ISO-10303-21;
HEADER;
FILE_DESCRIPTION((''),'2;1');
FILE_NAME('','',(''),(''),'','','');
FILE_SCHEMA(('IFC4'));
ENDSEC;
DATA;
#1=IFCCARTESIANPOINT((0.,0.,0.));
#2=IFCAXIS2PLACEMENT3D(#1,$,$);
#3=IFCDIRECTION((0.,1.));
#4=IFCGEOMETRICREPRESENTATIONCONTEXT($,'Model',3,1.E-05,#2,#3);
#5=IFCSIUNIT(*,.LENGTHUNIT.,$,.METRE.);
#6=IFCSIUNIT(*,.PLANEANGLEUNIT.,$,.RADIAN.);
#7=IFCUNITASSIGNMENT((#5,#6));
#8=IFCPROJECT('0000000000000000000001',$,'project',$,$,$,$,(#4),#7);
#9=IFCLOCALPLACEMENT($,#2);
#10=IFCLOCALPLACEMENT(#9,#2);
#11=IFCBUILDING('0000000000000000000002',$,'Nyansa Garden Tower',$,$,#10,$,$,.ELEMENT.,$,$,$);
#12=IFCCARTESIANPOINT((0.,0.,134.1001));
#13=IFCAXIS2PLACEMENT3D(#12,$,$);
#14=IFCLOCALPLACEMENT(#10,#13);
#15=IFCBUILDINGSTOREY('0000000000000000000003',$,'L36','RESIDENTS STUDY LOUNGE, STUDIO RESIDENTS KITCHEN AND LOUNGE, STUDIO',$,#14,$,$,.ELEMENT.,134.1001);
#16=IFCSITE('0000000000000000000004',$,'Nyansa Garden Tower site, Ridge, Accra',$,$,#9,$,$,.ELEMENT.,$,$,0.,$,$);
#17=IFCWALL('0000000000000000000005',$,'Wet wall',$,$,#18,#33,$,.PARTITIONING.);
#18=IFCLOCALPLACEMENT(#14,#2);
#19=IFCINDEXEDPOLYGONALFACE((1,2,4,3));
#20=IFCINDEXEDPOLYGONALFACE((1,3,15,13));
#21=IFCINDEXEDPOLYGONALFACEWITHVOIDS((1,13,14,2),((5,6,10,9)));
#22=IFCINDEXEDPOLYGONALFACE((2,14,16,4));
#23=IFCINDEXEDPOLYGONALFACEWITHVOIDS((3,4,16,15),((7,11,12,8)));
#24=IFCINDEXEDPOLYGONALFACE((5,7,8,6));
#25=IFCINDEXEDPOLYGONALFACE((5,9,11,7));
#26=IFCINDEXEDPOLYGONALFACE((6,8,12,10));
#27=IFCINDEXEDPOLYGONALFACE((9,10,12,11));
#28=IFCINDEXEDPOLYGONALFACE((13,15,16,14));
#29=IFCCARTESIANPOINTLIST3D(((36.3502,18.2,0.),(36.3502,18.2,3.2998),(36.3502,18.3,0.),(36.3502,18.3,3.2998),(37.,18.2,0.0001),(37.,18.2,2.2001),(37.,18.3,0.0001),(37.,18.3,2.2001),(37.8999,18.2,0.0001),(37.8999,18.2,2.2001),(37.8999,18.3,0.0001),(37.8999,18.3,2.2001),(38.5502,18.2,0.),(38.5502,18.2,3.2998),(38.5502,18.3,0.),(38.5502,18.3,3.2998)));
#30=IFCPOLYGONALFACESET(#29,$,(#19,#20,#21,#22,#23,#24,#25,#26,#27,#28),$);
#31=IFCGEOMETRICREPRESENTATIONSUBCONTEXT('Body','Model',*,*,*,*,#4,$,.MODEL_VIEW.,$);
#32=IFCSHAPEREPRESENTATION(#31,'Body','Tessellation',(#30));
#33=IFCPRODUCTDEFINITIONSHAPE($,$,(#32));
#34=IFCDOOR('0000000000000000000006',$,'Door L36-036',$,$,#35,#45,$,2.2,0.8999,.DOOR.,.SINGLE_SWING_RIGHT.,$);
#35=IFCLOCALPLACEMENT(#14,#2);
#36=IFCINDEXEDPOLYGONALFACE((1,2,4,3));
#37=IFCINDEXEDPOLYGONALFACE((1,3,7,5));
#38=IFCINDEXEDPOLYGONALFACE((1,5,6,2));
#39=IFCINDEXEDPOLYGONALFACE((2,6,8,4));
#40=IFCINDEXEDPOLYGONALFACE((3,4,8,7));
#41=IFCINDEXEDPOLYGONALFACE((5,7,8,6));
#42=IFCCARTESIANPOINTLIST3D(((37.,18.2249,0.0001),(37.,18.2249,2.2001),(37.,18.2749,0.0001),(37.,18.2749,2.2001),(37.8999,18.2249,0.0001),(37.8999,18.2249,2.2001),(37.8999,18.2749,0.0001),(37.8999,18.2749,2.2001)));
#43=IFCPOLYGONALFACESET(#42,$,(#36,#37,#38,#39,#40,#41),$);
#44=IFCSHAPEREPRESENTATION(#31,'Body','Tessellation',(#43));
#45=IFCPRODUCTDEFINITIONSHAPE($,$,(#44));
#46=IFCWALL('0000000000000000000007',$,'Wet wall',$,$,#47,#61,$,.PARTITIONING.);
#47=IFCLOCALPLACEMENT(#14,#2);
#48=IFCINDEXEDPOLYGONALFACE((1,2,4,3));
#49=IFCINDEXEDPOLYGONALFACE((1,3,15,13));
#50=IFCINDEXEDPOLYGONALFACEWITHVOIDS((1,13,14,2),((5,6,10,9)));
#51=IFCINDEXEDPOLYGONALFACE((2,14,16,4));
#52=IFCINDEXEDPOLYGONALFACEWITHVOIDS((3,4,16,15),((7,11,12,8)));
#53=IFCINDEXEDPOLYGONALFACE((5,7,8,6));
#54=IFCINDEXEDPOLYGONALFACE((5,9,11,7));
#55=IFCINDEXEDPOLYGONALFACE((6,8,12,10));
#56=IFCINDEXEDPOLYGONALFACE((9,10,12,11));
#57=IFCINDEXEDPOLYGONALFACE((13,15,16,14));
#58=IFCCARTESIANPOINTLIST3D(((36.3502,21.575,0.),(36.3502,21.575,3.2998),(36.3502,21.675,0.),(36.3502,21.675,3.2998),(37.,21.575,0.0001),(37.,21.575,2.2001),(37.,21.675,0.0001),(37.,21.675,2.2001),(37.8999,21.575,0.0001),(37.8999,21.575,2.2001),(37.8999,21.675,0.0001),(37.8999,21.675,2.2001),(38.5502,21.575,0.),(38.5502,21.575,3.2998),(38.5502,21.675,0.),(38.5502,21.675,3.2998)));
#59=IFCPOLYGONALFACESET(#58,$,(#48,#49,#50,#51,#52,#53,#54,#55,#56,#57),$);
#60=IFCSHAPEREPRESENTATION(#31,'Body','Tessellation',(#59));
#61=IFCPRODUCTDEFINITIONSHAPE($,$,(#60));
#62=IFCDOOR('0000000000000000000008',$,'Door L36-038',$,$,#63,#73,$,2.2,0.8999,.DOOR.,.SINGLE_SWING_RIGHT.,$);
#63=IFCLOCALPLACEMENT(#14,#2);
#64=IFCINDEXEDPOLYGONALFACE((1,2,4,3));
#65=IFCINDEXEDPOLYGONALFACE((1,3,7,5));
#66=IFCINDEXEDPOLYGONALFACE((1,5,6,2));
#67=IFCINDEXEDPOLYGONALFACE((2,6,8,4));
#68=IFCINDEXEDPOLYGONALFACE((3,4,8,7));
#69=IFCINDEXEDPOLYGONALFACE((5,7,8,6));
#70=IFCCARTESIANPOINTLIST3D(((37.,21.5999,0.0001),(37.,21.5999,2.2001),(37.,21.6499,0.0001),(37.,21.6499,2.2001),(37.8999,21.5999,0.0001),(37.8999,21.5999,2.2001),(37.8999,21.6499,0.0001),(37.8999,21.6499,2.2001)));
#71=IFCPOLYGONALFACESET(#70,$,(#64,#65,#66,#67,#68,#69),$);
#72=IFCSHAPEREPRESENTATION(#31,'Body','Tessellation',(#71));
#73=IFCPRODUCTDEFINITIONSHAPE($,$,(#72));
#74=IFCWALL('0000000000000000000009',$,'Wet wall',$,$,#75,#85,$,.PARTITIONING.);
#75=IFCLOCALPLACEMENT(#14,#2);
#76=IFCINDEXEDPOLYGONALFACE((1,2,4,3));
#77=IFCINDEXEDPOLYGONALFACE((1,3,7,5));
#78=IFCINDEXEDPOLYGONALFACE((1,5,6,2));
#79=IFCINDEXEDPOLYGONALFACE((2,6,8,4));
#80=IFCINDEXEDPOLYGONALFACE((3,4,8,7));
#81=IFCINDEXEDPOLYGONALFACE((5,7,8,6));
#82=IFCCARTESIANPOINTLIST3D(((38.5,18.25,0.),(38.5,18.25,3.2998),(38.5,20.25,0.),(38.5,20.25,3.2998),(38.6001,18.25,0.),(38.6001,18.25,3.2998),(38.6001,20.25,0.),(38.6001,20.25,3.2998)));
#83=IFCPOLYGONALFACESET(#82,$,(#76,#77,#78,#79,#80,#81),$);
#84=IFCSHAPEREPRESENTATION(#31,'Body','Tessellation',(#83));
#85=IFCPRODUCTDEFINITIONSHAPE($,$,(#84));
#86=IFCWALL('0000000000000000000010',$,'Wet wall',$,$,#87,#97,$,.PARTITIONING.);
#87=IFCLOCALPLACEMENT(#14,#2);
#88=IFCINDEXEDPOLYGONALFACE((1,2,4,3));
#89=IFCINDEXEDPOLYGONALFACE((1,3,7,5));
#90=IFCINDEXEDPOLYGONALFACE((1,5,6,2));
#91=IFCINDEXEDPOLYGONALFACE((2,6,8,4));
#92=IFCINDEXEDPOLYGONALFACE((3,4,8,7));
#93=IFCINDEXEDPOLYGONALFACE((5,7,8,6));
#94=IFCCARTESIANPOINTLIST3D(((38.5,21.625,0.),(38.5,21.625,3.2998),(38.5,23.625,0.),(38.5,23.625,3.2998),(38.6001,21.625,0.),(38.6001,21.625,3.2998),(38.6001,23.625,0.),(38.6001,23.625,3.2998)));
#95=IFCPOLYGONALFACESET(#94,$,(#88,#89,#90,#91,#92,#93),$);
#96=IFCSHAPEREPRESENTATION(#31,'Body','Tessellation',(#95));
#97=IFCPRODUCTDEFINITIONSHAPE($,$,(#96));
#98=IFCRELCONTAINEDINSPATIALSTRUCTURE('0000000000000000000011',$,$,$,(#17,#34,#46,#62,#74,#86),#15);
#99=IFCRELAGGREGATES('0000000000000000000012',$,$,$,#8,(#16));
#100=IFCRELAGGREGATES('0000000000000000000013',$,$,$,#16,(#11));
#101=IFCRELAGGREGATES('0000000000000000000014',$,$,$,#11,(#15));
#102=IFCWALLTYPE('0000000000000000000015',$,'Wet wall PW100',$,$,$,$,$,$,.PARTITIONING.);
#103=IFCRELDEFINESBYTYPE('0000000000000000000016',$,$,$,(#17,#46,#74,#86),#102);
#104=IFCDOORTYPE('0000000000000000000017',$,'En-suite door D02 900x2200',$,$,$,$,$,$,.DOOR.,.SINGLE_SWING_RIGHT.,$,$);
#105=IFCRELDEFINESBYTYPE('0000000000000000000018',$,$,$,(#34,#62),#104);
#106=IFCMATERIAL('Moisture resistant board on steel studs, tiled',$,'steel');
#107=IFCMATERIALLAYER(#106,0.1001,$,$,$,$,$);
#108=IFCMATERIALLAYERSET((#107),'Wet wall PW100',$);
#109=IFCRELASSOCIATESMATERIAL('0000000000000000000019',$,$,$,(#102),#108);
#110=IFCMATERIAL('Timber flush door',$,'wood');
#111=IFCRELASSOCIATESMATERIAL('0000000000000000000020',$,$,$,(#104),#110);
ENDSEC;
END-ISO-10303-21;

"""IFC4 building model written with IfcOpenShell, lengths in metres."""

from ifc_helpers import new_model, si_unit, direction, frame, frame_2d, origin, place, context, subcontext, project, spatial, rectangle, extrude, material, layer, layer_set, type_object, element, fill, save


model = new_model("IFC4")

# Units and contexts
model_context = context("Model", 3, precision=1e-05, world=origin(), true_north=direction((0.0, 1.0)))
body_context = subcontext(model_context, "Body", "Model", "MODEL_VIEW")
ifc_project = project(units=[si_unit("LENGTHUNIT", "METRE"), si_unit("PLANEANGLEUNIT", "RADIAN")], contexts=[model_context])

# Site, building, storey
site_placement = place(None, origin())
site = spatial("IfcSite", under=ifc_project, at=site_placement, Name="Nyansa Garden Tower site, Ridge, Accra", CompositionType="ELEMENT", RefElevation=0.0)
building_placement = place(site_placement, origin())
building = spatial("IfcBuilding", under=site, at=building_placement, Name="Nyansa Garden Tower", CompositionType="ELEMENT")
storey_placement = place(building_placement, frame((0.0, 0.0, 134.1001)))
storey = spatial("IfcBuildingStorey", under=building, at=storey_placement, Name="L36", Description="RESIDENTS STUDY LOUNGE, STUDIO RESIDENTS KITCHEN AND LOUNGE, STUDIO", CompositionType="ELEMENT", Elevation=134.1001)

# Walls, openings, doors
ifc_material_1 = material(Name="Moisture resistant board on steel studs, tiled", Category="steel")
ifc_layer_1 = layer(ifc_material_1, 0.1001)
ifc_layer_set_1 = layer_set([ifc_layer_1], Name="Wet wall PW100")
wall_type_1 = type_object("IfcWallType", Name="Wet wall PW100", PredefinedType="PARTITIONING", material=ifc_layer_set_1)
wall_1_placement = place(storey_placement, frame((36.3501, 18.25, 0.0), z_axis=(0.0, 0.0, 1.0), x_axis=(1.0, 0.0, 0.0)))
wall_1 = element("IfcWall", 1, at=wall_1_placement, inside=storey, type_object=wall_type_1, Name="Wet wall", PredefinedType="PARTITIONING", context=body_context, shape_type="SweptSolid", body=[
    extrude(rectangle(XDim=2.2, YDim=0.1001, at=frame_2d((1.1001, 0.0))), origin(), (0.0, 0.0, 1.0), 3.2998),
])
opening_1_placement = place(wall_1_placement, frame((0.6499, 0.0, 0.0)))
opening_1 = element("IfcOpeningElement", 2, at=opening_1_placement, cuts=wall_1, PredefinedType="OPENING", context=body_context, shape_type="SweptSolid", body=[
    extrude(rectangle(XDim=0.8999, YDim=2.2, at=frame_2d((0.45, 1.1001))), frame((0.0, 0.0601, 0.0), z_axis=(0.0, -1.0, 0.0), x_axis=(1.0, 0.0, 0.0)), (0.0, 0.0, 1.0), 0.1201),
])
ifc_material_2 = material(Name="Timber flush door", Category="wood")
door_type = type_object("IfcDoorType", Name="En-suite door D02 900x2200", OperationType="SINGLE_SWING_RIGHT", PredefinedType="DOOR", material=ifc_material_2)
door_1_placement = place(opening_1_placement, origin())
door_1 = element("IfcDoor", 3, at=door_1_placement, inside=storey, type_object=door_type, Name="Door L36-036", OperationType="SINGLE_SWING_RIGHT", OverallHeight=2.2, OverallWidth=0.8999, PredefinedType="DOOR", context=body_context, shape_type="SweptSolid", body=[
    extrude(rectangle(XDim=0.8999, YDim=2.2, at=frame_2d((0.45, 1.1001))), frame((0.0, 0.0249, 0.0), z_axis=(0.0, -1.0, 0.0), x_axis=(1.0, 0.0, 0.0)), (0.0, 0.0, 1.0), 0.05),
])
fill(opening_1, door_1)
wall_2_placement = place(storey_placement, frame((36.3501, 21.625, 0.0), z_axis=(0.0, 0.0, 1.0), x_axis=(1.0, 0.0, 0.0)))
wall_2 = element("IfcWall", 4, at=wall_2_placement, inside=storey, type_object=wall_type_1, Name="Wet wall", PredefinedType="PARTITIONING", context=body_context, shape_type="SweptSolid", body=[
    extrude(rectangle(XDim=2.2, YDim=0.1001, at=frame_2d((1.1001, 0.0))), origin(), (0.0, 0.0, 1.0), 3.2998),
])
opening_2_placement = place(wall_2_placement, frame((0.6499, 0.0, 0.0)))
opening_2 = element("IfcOpeningElement", 5, at=opening_2_placement, cuts=wall_2, PredefinedType="OPENING", context=body_context, shape_type="SweptSolid", body=[
    extrude(rectangle(XDim=0.8999, YDim=2.2, at=frame_2d((0.45, 1.1001))), frame((0.0, 0.0601, 0.0), z_axis=(0.0, -1.0, 0.0), x_axis=(1.0, 0.0, 0.0)), (0.0, 0.0, 1.0), 0.1201),
])
door_2_placement = place(opening_2_placement, origin())
door_2 = element("IfcDoor", 6, at=door_2_placement, inside=storey, type_object=door_type, Name="Door L36-038", OperationType="SINGLE_SWING_RIGHT", OverallHeight=2.2, OverallWidth=0.8999, PredefinedType="DOOR", context=body_context, shape_type="SweptSolid", body=[
    extrude(rectangle(XDim=0.8999, YDim=2.2, at=frame_2d((0.45, 1.1001))), frame((0.0, 0.0249, 0.0), z_axis=(0.0, -1.0, 0.0), x_axis=(1.0, 0.0, 0.0)), (0.0, 0.0, 1.0), 0.05),
])
fill(opening_2, door_2)

# Walls
for number, where, z_axis, x_axis, name in (
    (7, (38.55, 18.25, 0.0), (0.0, 0.0, 1.0), (0.0, 1.0, 0.0), "Wet wall"),
    (8, (38.55, 21.625, 0.0), (0.0, 0.0, 1.0), (0.0, 1.0, 0.0), "Wet wall"),
):
    element("IfcWall", number, at=place(storey_placement, frame(where, z_axis=z_axis, x_axis=x_axis)), inside=storey, type_object=wall_type_1, Name=name, PredefinedType="PARTITIONING", context=body_context, shape_type="SweptSolid", body=[
        extrude(rectangle(XDim=2.0, YDim=0.1001, at=frame_2d((1.0, 0.0))), origin(), (0.0, 0.0, 1.0), 3.2998),
    ])

save(model, "model.ifc")
